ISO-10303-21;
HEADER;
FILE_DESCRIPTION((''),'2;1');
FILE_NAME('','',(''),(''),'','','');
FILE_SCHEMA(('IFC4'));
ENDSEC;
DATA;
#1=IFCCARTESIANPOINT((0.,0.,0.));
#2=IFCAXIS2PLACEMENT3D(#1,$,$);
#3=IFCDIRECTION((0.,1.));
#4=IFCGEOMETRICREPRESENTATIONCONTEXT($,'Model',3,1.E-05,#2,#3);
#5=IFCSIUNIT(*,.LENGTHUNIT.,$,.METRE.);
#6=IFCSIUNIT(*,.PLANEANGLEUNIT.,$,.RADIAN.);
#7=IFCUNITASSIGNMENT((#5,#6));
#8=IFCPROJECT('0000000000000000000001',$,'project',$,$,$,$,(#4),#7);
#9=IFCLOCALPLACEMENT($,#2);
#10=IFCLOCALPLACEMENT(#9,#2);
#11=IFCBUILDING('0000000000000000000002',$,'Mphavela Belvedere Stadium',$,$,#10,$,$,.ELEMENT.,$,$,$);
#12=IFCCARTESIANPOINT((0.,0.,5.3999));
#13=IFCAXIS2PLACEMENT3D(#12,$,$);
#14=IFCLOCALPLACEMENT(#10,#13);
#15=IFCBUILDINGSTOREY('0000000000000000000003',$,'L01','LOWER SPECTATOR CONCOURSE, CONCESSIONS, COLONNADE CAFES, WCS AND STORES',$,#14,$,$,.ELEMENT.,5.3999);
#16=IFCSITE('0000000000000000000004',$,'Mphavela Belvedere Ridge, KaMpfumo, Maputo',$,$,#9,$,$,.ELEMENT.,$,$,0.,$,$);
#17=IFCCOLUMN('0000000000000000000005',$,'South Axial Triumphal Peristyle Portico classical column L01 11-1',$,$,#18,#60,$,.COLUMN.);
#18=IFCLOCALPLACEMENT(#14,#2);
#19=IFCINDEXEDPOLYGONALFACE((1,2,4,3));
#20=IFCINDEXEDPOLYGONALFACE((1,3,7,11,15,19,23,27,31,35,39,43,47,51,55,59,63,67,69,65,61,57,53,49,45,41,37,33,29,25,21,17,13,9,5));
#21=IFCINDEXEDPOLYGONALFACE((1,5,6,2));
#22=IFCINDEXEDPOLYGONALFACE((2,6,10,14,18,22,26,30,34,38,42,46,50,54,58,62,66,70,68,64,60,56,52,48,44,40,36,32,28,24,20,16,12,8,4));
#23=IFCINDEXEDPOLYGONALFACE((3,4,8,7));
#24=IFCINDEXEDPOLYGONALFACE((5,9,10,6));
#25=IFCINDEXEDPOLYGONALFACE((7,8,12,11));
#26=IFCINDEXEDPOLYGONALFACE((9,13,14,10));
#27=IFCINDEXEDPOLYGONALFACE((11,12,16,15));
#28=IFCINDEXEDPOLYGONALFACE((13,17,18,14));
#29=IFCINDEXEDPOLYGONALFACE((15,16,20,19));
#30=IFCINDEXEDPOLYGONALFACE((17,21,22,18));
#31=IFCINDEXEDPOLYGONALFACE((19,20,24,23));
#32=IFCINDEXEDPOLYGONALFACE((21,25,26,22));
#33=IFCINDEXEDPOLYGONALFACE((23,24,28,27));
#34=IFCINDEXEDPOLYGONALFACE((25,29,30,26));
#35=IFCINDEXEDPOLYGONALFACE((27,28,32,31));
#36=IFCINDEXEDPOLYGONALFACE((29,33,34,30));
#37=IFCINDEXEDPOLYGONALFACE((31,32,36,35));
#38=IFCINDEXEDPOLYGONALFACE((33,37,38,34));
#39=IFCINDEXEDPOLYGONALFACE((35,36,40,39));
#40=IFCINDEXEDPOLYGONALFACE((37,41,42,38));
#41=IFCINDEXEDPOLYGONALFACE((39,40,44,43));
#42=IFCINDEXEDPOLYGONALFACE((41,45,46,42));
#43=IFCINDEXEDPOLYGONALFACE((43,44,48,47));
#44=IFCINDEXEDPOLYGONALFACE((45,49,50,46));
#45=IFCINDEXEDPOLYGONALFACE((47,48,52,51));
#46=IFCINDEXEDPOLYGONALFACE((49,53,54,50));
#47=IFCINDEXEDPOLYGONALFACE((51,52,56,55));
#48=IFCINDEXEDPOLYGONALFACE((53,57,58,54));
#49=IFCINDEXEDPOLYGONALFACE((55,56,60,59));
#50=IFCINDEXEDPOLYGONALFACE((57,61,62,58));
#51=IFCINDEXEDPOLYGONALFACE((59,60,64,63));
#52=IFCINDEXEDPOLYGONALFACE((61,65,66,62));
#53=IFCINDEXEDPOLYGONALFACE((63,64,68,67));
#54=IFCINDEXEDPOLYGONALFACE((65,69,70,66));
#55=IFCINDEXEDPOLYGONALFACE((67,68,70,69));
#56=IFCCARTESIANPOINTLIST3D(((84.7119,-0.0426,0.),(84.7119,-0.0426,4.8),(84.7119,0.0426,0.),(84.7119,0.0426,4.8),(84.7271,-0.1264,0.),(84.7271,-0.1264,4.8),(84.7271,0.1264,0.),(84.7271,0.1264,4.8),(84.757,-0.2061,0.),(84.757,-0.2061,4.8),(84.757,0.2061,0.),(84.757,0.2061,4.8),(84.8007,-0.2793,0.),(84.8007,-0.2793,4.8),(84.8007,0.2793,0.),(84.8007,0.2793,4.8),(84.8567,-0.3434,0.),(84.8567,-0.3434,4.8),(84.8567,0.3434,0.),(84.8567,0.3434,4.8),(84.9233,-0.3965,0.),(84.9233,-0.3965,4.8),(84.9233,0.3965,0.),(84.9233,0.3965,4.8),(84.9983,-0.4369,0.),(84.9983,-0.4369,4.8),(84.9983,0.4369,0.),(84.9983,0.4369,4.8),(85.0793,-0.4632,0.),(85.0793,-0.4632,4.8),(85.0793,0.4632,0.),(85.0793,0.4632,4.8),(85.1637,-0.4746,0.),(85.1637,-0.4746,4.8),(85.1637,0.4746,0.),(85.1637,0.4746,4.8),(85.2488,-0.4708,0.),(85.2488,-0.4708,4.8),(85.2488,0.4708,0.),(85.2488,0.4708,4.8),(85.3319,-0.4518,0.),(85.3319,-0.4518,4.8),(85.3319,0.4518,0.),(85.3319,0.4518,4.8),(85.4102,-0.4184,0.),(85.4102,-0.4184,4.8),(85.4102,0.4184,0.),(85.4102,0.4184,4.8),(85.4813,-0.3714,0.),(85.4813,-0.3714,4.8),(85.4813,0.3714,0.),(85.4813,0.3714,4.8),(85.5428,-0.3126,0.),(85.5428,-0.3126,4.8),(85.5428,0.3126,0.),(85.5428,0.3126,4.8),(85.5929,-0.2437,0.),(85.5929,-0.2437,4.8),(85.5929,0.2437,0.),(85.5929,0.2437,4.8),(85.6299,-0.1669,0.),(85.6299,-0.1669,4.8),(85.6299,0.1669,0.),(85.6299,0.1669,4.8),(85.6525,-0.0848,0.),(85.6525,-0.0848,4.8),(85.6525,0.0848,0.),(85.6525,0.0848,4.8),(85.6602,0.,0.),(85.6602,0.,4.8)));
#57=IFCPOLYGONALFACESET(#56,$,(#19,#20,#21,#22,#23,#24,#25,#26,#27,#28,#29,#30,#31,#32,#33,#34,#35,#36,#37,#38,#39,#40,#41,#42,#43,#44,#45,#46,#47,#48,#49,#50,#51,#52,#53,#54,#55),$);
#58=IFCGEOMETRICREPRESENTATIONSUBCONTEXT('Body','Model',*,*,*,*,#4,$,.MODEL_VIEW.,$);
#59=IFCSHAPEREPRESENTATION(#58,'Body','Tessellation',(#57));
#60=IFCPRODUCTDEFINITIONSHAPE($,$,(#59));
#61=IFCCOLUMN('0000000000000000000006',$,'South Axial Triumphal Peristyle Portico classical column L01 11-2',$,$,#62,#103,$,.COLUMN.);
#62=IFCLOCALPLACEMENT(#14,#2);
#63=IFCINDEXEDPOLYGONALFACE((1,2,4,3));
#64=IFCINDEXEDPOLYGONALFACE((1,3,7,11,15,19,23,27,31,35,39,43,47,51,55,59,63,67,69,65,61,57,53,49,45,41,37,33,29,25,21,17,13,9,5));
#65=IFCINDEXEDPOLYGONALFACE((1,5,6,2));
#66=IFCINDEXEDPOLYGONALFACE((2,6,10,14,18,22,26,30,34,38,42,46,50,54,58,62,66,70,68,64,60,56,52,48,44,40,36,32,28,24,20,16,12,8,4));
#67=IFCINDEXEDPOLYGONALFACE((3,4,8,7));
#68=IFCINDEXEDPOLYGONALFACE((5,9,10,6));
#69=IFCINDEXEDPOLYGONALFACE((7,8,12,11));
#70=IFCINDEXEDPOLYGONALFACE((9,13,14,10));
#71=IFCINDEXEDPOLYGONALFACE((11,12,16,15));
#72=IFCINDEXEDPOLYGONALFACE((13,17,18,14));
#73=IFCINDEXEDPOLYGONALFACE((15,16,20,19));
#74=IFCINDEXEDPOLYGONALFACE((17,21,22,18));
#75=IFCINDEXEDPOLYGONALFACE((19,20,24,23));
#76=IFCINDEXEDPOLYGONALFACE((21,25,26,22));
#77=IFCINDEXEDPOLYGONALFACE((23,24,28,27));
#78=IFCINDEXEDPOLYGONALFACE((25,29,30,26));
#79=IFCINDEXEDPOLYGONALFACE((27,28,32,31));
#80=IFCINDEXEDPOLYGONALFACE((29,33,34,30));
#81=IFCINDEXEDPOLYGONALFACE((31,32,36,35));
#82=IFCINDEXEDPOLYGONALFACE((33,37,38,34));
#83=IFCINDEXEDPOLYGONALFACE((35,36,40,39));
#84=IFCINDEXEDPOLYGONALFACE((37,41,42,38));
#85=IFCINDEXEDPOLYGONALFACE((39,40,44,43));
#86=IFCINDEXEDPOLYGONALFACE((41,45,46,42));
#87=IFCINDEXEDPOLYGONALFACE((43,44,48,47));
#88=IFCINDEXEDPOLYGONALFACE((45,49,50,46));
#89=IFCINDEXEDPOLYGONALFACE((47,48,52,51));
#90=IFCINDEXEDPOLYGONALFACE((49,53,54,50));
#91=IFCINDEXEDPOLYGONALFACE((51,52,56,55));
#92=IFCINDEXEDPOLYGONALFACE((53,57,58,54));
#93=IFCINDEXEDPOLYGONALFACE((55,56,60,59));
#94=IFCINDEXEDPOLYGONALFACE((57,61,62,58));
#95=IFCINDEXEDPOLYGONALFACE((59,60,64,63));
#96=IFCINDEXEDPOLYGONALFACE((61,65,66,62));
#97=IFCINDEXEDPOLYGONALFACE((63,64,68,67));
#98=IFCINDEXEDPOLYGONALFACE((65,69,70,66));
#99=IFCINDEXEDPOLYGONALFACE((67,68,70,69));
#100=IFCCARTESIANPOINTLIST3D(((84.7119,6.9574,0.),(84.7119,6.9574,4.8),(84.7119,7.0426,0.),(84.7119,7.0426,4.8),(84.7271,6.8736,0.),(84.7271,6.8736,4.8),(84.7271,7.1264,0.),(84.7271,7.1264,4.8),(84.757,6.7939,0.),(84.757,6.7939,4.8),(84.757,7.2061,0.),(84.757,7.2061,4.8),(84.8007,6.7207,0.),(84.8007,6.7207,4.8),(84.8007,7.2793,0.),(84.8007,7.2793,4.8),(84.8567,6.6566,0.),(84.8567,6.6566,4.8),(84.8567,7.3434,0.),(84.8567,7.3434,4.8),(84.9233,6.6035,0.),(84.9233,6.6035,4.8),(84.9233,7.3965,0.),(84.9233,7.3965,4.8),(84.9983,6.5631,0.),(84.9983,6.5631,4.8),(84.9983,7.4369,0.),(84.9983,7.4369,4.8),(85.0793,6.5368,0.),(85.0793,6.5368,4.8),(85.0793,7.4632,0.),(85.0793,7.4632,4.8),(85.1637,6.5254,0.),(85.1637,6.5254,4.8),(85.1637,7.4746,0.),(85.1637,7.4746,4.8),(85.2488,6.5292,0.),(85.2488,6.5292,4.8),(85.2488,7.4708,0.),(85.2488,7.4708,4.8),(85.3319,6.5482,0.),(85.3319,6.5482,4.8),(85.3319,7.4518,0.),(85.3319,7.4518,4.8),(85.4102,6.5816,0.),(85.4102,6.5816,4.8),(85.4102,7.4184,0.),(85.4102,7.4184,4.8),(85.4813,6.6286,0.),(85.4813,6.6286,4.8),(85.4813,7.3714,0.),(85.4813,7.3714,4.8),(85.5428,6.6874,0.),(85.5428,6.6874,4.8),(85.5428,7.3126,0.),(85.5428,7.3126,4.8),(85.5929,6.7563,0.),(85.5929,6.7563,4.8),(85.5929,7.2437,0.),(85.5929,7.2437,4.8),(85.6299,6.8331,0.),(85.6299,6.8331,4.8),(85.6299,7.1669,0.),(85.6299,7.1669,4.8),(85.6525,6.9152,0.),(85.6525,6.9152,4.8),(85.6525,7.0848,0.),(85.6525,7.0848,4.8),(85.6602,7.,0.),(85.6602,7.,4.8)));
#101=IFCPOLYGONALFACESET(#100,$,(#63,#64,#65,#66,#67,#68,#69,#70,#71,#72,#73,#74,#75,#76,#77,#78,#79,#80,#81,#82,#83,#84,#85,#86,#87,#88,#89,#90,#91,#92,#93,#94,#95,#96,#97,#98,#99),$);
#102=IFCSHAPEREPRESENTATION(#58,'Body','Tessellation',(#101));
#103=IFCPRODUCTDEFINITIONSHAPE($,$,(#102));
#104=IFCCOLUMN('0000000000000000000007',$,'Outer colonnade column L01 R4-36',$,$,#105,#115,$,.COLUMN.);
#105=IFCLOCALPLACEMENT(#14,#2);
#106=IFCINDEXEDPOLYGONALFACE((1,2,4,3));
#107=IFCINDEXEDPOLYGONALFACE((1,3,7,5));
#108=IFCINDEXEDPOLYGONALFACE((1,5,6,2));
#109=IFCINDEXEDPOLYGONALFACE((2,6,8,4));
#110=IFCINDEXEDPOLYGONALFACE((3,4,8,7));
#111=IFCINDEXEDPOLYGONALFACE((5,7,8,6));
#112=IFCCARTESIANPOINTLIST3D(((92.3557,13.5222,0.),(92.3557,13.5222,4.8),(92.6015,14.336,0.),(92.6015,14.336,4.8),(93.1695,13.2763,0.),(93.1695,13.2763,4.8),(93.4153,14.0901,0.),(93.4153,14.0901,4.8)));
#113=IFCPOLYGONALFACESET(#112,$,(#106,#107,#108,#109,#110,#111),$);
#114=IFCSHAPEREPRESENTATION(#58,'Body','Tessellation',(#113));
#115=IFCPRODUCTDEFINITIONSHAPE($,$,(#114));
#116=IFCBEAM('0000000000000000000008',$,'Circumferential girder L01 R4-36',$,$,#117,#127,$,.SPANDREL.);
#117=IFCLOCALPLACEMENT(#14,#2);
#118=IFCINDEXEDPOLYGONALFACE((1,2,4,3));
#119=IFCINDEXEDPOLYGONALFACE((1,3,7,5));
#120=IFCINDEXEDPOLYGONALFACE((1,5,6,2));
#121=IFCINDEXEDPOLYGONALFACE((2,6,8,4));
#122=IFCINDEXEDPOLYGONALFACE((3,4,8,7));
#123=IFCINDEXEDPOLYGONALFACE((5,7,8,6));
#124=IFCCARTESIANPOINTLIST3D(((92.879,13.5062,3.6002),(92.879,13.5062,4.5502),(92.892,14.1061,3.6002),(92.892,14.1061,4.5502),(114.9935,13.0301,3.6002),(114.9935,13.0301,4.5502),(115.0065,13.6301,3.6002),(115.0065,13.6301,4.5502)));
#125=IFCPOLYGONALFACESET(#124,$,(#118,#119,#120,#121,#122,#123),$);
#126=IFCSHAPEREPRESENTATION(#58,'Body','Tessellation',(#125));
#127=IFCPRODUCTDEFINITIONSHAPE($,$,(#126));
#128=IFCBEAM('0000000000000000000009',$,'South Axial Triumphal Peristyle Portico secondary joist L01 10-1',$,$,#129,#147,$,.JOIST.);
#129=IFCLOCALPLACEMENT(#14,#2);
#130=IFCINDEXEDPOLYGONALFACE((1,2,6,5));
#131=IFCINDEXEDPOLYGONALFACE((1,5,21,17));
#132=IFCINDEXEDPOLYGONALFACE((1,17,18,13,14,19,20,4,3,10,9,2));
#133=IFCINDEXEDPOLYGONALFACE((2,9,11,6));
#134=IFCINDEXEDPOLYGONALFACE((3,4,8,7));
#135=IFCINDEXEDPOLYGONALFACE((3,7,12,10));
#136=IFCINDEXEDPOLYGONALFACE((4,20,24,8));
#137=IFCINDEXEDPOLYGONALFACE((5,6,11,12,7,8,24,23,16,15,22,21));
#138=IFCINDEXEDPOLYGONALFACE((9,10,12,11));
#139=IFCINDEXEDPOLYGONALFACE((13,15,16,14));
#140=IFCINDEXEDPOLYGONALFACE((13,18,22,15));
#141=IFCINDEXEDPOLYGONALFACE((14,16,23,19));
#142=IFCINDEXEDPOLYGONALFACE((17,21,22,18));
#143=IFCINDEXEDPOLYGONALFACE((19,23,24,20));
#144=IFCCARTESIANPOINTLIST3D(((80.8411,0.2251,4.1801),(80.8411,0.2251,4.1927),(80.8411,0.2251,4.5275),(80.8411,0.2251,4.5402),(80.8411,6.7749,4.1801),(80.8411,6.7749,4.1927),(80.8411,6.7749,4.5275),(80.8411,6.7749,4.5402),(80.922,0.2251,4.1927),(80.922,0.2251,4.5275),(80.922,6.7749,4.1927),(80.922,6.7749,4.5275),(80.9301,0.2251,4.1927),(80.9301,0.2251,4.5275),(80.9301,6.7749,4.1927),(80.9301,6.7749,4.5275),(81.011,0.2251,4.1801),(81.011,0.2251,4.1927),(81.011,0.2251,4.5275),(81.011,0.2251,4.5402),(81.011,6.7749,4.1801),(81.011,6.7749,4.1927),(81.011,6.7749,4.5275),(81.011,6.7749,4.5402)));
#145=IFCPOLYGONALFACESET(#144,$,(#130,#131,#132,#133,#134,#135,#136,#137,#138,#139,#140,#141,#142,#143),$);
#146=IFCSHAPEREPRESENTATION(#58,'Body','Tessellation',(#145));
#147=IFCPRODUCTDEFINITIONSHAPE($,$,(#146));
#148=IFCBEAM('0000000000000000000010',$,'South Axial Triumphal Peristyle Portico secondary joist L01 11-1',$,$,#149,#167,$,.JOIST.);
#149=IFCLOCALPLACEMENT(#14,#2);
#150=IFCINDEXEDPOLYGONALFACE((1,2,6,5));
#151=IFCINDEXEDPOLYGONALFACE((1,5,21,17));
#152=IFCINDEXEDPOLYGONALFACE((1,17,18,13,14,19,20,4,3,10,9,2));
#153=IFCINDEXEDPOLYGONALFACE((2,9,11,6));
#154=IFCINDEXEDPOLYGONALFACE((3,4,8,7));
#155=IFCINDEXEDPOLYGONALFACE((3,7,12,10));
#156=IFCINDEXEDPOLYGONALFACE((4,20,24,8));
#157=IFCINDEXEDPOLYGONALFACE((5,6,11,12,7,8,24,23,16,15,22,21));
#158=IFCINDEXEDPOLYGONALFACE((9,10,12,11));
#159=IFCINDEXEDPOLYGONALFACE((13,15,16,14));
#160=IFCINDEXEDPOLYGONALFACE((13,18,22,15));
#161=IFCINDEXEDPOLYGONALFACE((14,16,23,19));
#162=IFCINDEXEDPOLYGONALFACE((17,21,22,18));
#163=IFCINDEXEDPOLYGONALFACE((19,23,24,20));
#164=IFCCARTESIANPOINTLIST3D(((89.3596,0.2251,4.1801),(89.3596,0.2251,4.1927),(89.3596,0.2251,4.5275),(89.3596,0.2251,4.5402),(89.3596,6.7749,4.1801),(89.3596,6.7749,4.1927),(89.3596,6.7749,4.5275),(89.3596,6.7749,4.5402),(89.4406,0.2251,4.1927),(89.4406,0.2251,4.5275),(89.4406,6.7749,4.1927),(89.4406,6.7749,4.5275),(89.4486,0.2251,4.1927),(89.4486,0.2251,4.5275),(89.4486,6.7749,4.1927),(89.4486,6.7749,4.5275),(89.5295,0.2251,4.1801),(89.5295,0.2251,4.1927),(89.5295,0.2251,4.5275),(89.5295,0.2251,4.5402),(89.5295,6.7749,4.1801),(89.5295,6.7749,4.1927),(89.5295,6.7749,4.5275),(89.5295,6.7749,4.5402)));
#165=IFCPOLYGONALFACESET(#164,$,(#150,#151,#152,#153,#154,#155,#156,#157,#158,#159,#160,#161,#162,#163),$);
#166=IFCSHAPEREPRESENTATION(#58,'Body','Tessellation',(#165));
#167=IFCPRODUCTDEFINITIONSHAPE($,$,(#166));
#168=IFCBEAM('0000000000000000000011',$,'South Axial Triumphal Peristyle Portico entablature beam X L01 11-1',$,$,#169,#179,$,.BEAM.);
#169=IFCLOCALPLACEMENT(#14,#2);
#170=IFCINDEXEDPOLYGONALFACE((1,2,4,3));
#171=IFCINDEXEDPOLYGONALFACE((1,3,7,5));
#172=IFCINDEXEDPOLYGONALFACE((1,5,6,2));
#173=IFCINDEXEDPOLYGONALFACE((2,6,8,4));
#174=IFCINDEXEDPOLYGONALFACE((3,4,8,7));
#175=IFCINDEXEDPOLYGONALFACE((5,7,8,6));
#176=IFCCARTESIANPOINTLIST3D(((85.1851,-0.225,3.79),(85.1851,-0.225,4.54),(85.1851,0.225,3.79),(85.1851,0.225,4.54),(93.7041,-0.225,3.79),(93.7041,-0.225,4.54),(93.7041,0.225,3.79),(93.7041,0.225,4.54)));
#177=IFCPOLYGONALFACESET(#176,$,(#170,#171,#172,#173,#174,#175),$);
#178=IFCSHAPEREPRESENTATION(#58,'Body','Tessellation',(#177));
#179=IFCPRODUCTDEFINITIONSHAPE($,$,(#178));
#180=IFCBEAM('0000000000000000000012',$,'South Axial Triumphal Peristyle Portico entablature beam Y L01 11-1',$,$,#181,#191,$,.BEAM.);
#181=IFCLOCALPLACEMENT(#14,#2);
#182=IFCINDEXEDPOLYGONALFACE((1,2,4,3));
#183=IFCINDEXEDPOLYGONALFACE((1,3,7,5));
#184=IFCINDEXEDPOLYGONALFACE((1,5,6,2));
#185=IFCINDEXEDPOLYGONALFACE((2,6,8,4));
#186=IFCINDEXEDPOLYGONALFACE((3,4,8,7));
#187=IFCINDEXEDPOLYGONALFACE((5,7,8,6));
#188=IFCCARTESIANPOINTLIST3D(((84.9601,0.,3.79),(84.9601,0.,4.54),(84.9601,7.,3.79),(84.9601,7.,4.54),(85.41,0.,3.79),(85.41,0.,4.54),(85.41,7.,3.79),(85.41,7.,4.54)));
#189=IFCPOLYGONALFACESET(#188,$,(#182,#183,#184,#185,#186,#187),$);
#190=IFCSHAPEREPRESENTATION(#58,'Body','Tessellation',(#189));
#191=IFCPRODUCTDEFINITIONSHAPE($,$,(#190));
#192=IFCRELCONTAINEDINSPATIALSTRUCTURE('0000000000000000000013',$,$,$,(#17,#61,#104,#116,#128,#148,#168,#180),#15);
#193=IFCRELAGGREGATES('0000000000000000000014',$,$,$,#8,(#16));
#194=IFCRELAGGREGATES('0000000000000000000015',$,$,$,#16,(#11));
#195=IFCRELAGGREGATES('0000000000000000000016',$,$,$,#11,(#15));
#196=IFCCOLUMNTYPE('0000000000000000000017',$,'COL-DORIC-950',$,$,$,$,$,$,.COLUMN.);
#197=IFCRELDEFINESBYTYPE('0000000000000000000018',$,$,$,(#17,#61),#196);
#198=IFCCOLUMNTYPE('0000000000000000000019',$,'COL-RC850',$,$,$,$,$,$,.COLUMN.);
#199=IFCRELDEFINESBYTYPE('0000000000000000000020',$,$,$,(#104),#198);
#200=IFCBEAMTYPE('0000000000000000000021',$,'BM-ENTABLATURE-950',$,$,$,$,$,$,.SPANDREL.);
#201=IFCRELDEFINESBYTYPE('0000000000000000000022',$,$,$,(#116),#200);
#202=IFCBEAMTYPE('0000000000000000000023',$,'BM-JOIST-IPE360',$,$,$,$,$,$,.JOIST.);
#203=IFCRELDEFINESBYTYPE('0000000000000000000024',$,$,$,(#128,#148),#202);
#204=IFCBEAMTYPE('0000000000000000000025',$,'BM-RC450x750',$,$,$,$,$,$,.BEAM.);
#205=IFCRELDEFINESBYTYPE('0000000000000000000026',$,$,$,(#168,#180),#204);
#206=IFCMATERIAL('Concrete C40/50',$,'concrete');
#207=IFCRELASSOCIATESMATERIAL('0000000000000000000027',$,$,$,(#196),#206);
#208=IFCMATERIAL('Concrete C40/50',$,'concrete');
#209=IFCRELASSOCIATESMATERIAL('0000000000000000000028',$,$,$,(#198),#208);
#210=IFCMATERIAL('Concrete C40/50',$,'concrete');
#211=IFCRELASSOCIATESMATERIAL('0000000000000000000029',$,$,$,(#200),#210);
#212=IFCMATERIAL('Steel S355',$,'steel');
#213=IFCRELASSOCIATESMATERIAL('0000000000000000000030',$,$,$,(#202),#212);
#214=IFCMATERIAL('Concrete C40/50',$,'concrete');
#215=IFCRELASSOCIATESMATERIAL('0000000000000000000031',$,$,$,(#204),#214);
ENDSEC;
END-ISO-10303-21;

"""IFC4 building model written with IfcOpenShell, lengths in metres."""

from ifc_helpers import new_model, si_unit, direction, frame, origin, origin_2d, place, context, subcontext, project, spatial, rectangle, circle, i_section, extrude, material, material_profile, profile_set, type_object, element, save


model = new_model("IFC4")

# Units and contexts
model_context = context("Model", 3, precision=1e-05, world=origin(), true_north=direction((0.0, 1.0)))
body_context = subcontext(model_context, "Body", "Model", "MODEL_VIEW")
ifc_project = project(units=[si_unit("LENGTHUNIT", "METRE"), si_unit("PLANEANGLEUNIT", "RADIAN")], contexts=[model_context])

# Site, building, storey
site_placement = place(None, origin())
site = spatial("IfcSite", under=ifc_project, at=site_placement, Name="Mphavela Belvedere Ridge, KaMpfumo, Maputo", CompositionType="ELEMENT", RefElevation=0.0)
building_placement = place(site_placement, origin())
building = spatial("IfcBuilding", under=site, at=building_placement, Name="Mphavela Belvedere Stadium", CompositionType="ELEMENT")
storey_placement = place(building_placement, frame((0.0, 0.0, 5.3999)))
storey = spatial("IfcBuildingStorey", under=building, at=storey_placement, Name="L01", Description="LOWER SPECTATOR CONCOURSE, CONCESSIONS, COLONNADE CAFES, WCS AND STORES", CompositionType="ELEMENT", Elevation=5.3999)

# Columns
ifc_material_1 = material(Name="Concrete C40/50", Category="concrete")
ifc_material_profile_1 = material_profile(ifc_material_1, circle(Radius=0.4751, at=origin_2d()), Name="COL D950")
ifc_profile_set_1 = profile_set([ifc_material_profile_1], Name="Concrete C40/50")
column_type_1 = type_object("IfcColumnType", Name="COL-DORIC-950", PredefinedType="COLUMN", material=ifc_profile_set_1)
for number, where, z_axis, x_axis, name in (
    (1, (85.1851, 0.0, 0.0), (0.0, 0.0, 1.0), (1.0, 0.0, 0.0), "South Axial Triumphal Peristyle Portico classical column L01 11-1"),
    (2, (85.1851, 7.0, 0.0), (0.0, 0.0, 1.0), (1.0, 0.0, 0.0), "South Axial Triumphal Peristyle Portico classical column L01 11-2"),
):
    element("IfcColumn", number, at=place(storey_placement, frame(where, z_axis=z_axis, x_axis=x_axis)), inside=storey, type_object=column_type_1, Name=name, PredefinedType="COLUMN", context=body_context, shape_type="SweptSolid", body=[
        extrude(circle(Radius=0.4751, at=origin_2d()), origin(), (0.0, 0.0, 1.0), 4.8),
    ])
ifc_material_2 = material(Name="Concrete C40/50", Category="concrete")
ifc_material_profile_2 = material_profile(ifc_material_2, rectangle(XDim=0.8501, YDim=0.8501, at=origin_2d()), Name="RC 850x850")
ifc_profile_set_2 = profile_set([ifc_material_profile_2], Name="Concrete C40/50")
column_type_2 = type_object("IfcColumnType", Name="COL-RC850", PredefinedType="COLUMN", material=ifc_profile_set_2)
column_placement = place(storey_placement, frame((92.8855, 13.8062, 0.0), z_axis=(0.0, 0.0, 1.0), x_axis=(-0.289199, -0.957269, 0.0)))
element("IfcColumn", 3, at=column_placement, inside=storey, type_object=column_type_2, Name="Outer colonnade column L01 R4-36", PredefinedType="COLUMN", context=body_context, shape_type="SweptSolid", body=[
    extrude(rectangle(XDim=0.8501, YDim=0.8501, at=origin_2d()), origin(), (0.0, 0.0, 1.0), 4.8),
])

# Beams
ifc_material_3 = material(Name="Concrete C40/50", Category="concrete")
ifc_material_profile_3 = material_profile(ifc_material_3, rectangle(XDim=0.6001, YDim=0.95, at=origin_2d()), Name="RC 600x950")
ifc_profile_set_3 = profile_set([ifc_material_profile_3], Name="Concrete C40/50")
beam_type_1 = type_object("IfcBeamType", Name="BM-ENTABLATURE-950", PredefinedType="SPANDREL", material=ifc_profile_set_3)
beam_1_placement = place(storey_placement, frame((92.8855, 13.8062, 4.0752), z_axis=(0.999768, -0.021523, 0.0), x_axis=(0.021523, 0.999768, 0.0)))
element("IfcBeam", 4, at=beam_1_placement, inside=storey, type_object=beam_type_1, Name="Circumferential girder L01 R4-36", PredefinedType="SPANDREL", context=body_context, shape_type="SweptSolid", body=[
    extrude(rectangle(XDim=0.6001, YDim=0.95, at=origin_2d()), origin(), (0.0, 0.0, 1.0), 22.1196),
])
ifc_material_4 = material(Name="Steel S355", Category="steel")
ifc_material_profile_4 = material_profile(ifc_material_4, i_section(OverallWidth=0.1699, OverallDepth=0.3601, WebThickness=0.0081, FlangeThickness=0.0127, at=origin_2d()), Name="IPE 360")
ifc_profile_set_4 = profile_set([ifc_material_profile_4], Name="Steel S355")
beam_type_2 = type_object("IfcBeamType", Name="BM-JOIST-IPE360", PredefinedType="JOIST", material=ifc_profile_set_4)
for number, where, z_axis, x_axis, name in (
    (5, (80.926, 0.2251, 4.3601), (0.0, 1.0, 0.0), (-1.0, 0.0, 0.0), "South Axial Triumphal Peristyle Portico secondary joist L01 10-1"),
    (6, (89.4446, 0.2251, 4.3601), (0.0, 1.0, 0.0), (-1.0, 0.0, 0.0), "South Axial Triumphal Peristyle Portico secondary joist L01 11-1"),
):
    element("IfcBeam", number, at=place(storey_placement, frame(where, z_axis=z_axis, x_axis=x_axis)), inside=storey, type_object=beam_type_2, Name=name, PredefinedType="JOIST", context=body_context, shape_type="SweptSolid", body=[
        extrude(i_section(OverallWidth=0.1699, OverallDepth=0.3601, WebThickness=0.0081, FlangeThickness=0.0127, at=origin_2d()), origin(), (0.0, 0.0, 1.0), 6.5498),
    ])
ifc_material_5 = material(Name="Concrete C40/50", Category="concrete")
ifc_material_profile_5 = material_profile(ifc_material_5, rectangle(XDim=0.45, YDim=0.75, at=origin_2d()), Name="RC 450x750")
ifc_profile_set_5 = profile_set([ifc_material_profile_5], Name="Concrete C40/50")
beam_type_3 = type_object("IfcBeamType", Name="BM-RC450x750", PredefinedType="BEAM", material=ifc_profile_set_5)
beam_2_placement = place(storey_placement, frame((85.1851, 0.0, 4.165), z_axis=(1.0, 0.0, 0.0), x_axis=(0.0, 1.0, 0.0)))
element("IfcBeam", 7, at=beam_2_placement, inside=storey, type_object=beam_type_3, Name="South Axial Triumphal Peristyle Portico entablature beam X L01 11-1", PredefinedType="BEAM", context=body_context, shape_type="SweptSolid", body=[
    extrude(rectangle(XDim=0.45, YDim=0.75, at=origin_2d()), origin(), (0.0, 0.0, 1.0), 8.519),
])
beam_3_placement = place(storey_placement, frame((85.1851, 0.0, 4.165), z_axis=(0.0, 1.0, 0.0), x_axis=(-1.0, 0.0, 0.0)))
element("IfcBeam", 8, at=beam_3_placement, inside=storey, type_object=beam_type_3, Name="South Axial Triumphal Peristyle Portico entablature beam Y L01 11-1", PredefinedType="BEAM", context=body_context, shape_type="SweptSolid", body=[
    extrude(rectangle(XDim=0.45, YDim=0.75, at=origin_2d()), origin(), (0.0, 0.0, 1.0), 7.0),
])

save(model, "model.ifc")
